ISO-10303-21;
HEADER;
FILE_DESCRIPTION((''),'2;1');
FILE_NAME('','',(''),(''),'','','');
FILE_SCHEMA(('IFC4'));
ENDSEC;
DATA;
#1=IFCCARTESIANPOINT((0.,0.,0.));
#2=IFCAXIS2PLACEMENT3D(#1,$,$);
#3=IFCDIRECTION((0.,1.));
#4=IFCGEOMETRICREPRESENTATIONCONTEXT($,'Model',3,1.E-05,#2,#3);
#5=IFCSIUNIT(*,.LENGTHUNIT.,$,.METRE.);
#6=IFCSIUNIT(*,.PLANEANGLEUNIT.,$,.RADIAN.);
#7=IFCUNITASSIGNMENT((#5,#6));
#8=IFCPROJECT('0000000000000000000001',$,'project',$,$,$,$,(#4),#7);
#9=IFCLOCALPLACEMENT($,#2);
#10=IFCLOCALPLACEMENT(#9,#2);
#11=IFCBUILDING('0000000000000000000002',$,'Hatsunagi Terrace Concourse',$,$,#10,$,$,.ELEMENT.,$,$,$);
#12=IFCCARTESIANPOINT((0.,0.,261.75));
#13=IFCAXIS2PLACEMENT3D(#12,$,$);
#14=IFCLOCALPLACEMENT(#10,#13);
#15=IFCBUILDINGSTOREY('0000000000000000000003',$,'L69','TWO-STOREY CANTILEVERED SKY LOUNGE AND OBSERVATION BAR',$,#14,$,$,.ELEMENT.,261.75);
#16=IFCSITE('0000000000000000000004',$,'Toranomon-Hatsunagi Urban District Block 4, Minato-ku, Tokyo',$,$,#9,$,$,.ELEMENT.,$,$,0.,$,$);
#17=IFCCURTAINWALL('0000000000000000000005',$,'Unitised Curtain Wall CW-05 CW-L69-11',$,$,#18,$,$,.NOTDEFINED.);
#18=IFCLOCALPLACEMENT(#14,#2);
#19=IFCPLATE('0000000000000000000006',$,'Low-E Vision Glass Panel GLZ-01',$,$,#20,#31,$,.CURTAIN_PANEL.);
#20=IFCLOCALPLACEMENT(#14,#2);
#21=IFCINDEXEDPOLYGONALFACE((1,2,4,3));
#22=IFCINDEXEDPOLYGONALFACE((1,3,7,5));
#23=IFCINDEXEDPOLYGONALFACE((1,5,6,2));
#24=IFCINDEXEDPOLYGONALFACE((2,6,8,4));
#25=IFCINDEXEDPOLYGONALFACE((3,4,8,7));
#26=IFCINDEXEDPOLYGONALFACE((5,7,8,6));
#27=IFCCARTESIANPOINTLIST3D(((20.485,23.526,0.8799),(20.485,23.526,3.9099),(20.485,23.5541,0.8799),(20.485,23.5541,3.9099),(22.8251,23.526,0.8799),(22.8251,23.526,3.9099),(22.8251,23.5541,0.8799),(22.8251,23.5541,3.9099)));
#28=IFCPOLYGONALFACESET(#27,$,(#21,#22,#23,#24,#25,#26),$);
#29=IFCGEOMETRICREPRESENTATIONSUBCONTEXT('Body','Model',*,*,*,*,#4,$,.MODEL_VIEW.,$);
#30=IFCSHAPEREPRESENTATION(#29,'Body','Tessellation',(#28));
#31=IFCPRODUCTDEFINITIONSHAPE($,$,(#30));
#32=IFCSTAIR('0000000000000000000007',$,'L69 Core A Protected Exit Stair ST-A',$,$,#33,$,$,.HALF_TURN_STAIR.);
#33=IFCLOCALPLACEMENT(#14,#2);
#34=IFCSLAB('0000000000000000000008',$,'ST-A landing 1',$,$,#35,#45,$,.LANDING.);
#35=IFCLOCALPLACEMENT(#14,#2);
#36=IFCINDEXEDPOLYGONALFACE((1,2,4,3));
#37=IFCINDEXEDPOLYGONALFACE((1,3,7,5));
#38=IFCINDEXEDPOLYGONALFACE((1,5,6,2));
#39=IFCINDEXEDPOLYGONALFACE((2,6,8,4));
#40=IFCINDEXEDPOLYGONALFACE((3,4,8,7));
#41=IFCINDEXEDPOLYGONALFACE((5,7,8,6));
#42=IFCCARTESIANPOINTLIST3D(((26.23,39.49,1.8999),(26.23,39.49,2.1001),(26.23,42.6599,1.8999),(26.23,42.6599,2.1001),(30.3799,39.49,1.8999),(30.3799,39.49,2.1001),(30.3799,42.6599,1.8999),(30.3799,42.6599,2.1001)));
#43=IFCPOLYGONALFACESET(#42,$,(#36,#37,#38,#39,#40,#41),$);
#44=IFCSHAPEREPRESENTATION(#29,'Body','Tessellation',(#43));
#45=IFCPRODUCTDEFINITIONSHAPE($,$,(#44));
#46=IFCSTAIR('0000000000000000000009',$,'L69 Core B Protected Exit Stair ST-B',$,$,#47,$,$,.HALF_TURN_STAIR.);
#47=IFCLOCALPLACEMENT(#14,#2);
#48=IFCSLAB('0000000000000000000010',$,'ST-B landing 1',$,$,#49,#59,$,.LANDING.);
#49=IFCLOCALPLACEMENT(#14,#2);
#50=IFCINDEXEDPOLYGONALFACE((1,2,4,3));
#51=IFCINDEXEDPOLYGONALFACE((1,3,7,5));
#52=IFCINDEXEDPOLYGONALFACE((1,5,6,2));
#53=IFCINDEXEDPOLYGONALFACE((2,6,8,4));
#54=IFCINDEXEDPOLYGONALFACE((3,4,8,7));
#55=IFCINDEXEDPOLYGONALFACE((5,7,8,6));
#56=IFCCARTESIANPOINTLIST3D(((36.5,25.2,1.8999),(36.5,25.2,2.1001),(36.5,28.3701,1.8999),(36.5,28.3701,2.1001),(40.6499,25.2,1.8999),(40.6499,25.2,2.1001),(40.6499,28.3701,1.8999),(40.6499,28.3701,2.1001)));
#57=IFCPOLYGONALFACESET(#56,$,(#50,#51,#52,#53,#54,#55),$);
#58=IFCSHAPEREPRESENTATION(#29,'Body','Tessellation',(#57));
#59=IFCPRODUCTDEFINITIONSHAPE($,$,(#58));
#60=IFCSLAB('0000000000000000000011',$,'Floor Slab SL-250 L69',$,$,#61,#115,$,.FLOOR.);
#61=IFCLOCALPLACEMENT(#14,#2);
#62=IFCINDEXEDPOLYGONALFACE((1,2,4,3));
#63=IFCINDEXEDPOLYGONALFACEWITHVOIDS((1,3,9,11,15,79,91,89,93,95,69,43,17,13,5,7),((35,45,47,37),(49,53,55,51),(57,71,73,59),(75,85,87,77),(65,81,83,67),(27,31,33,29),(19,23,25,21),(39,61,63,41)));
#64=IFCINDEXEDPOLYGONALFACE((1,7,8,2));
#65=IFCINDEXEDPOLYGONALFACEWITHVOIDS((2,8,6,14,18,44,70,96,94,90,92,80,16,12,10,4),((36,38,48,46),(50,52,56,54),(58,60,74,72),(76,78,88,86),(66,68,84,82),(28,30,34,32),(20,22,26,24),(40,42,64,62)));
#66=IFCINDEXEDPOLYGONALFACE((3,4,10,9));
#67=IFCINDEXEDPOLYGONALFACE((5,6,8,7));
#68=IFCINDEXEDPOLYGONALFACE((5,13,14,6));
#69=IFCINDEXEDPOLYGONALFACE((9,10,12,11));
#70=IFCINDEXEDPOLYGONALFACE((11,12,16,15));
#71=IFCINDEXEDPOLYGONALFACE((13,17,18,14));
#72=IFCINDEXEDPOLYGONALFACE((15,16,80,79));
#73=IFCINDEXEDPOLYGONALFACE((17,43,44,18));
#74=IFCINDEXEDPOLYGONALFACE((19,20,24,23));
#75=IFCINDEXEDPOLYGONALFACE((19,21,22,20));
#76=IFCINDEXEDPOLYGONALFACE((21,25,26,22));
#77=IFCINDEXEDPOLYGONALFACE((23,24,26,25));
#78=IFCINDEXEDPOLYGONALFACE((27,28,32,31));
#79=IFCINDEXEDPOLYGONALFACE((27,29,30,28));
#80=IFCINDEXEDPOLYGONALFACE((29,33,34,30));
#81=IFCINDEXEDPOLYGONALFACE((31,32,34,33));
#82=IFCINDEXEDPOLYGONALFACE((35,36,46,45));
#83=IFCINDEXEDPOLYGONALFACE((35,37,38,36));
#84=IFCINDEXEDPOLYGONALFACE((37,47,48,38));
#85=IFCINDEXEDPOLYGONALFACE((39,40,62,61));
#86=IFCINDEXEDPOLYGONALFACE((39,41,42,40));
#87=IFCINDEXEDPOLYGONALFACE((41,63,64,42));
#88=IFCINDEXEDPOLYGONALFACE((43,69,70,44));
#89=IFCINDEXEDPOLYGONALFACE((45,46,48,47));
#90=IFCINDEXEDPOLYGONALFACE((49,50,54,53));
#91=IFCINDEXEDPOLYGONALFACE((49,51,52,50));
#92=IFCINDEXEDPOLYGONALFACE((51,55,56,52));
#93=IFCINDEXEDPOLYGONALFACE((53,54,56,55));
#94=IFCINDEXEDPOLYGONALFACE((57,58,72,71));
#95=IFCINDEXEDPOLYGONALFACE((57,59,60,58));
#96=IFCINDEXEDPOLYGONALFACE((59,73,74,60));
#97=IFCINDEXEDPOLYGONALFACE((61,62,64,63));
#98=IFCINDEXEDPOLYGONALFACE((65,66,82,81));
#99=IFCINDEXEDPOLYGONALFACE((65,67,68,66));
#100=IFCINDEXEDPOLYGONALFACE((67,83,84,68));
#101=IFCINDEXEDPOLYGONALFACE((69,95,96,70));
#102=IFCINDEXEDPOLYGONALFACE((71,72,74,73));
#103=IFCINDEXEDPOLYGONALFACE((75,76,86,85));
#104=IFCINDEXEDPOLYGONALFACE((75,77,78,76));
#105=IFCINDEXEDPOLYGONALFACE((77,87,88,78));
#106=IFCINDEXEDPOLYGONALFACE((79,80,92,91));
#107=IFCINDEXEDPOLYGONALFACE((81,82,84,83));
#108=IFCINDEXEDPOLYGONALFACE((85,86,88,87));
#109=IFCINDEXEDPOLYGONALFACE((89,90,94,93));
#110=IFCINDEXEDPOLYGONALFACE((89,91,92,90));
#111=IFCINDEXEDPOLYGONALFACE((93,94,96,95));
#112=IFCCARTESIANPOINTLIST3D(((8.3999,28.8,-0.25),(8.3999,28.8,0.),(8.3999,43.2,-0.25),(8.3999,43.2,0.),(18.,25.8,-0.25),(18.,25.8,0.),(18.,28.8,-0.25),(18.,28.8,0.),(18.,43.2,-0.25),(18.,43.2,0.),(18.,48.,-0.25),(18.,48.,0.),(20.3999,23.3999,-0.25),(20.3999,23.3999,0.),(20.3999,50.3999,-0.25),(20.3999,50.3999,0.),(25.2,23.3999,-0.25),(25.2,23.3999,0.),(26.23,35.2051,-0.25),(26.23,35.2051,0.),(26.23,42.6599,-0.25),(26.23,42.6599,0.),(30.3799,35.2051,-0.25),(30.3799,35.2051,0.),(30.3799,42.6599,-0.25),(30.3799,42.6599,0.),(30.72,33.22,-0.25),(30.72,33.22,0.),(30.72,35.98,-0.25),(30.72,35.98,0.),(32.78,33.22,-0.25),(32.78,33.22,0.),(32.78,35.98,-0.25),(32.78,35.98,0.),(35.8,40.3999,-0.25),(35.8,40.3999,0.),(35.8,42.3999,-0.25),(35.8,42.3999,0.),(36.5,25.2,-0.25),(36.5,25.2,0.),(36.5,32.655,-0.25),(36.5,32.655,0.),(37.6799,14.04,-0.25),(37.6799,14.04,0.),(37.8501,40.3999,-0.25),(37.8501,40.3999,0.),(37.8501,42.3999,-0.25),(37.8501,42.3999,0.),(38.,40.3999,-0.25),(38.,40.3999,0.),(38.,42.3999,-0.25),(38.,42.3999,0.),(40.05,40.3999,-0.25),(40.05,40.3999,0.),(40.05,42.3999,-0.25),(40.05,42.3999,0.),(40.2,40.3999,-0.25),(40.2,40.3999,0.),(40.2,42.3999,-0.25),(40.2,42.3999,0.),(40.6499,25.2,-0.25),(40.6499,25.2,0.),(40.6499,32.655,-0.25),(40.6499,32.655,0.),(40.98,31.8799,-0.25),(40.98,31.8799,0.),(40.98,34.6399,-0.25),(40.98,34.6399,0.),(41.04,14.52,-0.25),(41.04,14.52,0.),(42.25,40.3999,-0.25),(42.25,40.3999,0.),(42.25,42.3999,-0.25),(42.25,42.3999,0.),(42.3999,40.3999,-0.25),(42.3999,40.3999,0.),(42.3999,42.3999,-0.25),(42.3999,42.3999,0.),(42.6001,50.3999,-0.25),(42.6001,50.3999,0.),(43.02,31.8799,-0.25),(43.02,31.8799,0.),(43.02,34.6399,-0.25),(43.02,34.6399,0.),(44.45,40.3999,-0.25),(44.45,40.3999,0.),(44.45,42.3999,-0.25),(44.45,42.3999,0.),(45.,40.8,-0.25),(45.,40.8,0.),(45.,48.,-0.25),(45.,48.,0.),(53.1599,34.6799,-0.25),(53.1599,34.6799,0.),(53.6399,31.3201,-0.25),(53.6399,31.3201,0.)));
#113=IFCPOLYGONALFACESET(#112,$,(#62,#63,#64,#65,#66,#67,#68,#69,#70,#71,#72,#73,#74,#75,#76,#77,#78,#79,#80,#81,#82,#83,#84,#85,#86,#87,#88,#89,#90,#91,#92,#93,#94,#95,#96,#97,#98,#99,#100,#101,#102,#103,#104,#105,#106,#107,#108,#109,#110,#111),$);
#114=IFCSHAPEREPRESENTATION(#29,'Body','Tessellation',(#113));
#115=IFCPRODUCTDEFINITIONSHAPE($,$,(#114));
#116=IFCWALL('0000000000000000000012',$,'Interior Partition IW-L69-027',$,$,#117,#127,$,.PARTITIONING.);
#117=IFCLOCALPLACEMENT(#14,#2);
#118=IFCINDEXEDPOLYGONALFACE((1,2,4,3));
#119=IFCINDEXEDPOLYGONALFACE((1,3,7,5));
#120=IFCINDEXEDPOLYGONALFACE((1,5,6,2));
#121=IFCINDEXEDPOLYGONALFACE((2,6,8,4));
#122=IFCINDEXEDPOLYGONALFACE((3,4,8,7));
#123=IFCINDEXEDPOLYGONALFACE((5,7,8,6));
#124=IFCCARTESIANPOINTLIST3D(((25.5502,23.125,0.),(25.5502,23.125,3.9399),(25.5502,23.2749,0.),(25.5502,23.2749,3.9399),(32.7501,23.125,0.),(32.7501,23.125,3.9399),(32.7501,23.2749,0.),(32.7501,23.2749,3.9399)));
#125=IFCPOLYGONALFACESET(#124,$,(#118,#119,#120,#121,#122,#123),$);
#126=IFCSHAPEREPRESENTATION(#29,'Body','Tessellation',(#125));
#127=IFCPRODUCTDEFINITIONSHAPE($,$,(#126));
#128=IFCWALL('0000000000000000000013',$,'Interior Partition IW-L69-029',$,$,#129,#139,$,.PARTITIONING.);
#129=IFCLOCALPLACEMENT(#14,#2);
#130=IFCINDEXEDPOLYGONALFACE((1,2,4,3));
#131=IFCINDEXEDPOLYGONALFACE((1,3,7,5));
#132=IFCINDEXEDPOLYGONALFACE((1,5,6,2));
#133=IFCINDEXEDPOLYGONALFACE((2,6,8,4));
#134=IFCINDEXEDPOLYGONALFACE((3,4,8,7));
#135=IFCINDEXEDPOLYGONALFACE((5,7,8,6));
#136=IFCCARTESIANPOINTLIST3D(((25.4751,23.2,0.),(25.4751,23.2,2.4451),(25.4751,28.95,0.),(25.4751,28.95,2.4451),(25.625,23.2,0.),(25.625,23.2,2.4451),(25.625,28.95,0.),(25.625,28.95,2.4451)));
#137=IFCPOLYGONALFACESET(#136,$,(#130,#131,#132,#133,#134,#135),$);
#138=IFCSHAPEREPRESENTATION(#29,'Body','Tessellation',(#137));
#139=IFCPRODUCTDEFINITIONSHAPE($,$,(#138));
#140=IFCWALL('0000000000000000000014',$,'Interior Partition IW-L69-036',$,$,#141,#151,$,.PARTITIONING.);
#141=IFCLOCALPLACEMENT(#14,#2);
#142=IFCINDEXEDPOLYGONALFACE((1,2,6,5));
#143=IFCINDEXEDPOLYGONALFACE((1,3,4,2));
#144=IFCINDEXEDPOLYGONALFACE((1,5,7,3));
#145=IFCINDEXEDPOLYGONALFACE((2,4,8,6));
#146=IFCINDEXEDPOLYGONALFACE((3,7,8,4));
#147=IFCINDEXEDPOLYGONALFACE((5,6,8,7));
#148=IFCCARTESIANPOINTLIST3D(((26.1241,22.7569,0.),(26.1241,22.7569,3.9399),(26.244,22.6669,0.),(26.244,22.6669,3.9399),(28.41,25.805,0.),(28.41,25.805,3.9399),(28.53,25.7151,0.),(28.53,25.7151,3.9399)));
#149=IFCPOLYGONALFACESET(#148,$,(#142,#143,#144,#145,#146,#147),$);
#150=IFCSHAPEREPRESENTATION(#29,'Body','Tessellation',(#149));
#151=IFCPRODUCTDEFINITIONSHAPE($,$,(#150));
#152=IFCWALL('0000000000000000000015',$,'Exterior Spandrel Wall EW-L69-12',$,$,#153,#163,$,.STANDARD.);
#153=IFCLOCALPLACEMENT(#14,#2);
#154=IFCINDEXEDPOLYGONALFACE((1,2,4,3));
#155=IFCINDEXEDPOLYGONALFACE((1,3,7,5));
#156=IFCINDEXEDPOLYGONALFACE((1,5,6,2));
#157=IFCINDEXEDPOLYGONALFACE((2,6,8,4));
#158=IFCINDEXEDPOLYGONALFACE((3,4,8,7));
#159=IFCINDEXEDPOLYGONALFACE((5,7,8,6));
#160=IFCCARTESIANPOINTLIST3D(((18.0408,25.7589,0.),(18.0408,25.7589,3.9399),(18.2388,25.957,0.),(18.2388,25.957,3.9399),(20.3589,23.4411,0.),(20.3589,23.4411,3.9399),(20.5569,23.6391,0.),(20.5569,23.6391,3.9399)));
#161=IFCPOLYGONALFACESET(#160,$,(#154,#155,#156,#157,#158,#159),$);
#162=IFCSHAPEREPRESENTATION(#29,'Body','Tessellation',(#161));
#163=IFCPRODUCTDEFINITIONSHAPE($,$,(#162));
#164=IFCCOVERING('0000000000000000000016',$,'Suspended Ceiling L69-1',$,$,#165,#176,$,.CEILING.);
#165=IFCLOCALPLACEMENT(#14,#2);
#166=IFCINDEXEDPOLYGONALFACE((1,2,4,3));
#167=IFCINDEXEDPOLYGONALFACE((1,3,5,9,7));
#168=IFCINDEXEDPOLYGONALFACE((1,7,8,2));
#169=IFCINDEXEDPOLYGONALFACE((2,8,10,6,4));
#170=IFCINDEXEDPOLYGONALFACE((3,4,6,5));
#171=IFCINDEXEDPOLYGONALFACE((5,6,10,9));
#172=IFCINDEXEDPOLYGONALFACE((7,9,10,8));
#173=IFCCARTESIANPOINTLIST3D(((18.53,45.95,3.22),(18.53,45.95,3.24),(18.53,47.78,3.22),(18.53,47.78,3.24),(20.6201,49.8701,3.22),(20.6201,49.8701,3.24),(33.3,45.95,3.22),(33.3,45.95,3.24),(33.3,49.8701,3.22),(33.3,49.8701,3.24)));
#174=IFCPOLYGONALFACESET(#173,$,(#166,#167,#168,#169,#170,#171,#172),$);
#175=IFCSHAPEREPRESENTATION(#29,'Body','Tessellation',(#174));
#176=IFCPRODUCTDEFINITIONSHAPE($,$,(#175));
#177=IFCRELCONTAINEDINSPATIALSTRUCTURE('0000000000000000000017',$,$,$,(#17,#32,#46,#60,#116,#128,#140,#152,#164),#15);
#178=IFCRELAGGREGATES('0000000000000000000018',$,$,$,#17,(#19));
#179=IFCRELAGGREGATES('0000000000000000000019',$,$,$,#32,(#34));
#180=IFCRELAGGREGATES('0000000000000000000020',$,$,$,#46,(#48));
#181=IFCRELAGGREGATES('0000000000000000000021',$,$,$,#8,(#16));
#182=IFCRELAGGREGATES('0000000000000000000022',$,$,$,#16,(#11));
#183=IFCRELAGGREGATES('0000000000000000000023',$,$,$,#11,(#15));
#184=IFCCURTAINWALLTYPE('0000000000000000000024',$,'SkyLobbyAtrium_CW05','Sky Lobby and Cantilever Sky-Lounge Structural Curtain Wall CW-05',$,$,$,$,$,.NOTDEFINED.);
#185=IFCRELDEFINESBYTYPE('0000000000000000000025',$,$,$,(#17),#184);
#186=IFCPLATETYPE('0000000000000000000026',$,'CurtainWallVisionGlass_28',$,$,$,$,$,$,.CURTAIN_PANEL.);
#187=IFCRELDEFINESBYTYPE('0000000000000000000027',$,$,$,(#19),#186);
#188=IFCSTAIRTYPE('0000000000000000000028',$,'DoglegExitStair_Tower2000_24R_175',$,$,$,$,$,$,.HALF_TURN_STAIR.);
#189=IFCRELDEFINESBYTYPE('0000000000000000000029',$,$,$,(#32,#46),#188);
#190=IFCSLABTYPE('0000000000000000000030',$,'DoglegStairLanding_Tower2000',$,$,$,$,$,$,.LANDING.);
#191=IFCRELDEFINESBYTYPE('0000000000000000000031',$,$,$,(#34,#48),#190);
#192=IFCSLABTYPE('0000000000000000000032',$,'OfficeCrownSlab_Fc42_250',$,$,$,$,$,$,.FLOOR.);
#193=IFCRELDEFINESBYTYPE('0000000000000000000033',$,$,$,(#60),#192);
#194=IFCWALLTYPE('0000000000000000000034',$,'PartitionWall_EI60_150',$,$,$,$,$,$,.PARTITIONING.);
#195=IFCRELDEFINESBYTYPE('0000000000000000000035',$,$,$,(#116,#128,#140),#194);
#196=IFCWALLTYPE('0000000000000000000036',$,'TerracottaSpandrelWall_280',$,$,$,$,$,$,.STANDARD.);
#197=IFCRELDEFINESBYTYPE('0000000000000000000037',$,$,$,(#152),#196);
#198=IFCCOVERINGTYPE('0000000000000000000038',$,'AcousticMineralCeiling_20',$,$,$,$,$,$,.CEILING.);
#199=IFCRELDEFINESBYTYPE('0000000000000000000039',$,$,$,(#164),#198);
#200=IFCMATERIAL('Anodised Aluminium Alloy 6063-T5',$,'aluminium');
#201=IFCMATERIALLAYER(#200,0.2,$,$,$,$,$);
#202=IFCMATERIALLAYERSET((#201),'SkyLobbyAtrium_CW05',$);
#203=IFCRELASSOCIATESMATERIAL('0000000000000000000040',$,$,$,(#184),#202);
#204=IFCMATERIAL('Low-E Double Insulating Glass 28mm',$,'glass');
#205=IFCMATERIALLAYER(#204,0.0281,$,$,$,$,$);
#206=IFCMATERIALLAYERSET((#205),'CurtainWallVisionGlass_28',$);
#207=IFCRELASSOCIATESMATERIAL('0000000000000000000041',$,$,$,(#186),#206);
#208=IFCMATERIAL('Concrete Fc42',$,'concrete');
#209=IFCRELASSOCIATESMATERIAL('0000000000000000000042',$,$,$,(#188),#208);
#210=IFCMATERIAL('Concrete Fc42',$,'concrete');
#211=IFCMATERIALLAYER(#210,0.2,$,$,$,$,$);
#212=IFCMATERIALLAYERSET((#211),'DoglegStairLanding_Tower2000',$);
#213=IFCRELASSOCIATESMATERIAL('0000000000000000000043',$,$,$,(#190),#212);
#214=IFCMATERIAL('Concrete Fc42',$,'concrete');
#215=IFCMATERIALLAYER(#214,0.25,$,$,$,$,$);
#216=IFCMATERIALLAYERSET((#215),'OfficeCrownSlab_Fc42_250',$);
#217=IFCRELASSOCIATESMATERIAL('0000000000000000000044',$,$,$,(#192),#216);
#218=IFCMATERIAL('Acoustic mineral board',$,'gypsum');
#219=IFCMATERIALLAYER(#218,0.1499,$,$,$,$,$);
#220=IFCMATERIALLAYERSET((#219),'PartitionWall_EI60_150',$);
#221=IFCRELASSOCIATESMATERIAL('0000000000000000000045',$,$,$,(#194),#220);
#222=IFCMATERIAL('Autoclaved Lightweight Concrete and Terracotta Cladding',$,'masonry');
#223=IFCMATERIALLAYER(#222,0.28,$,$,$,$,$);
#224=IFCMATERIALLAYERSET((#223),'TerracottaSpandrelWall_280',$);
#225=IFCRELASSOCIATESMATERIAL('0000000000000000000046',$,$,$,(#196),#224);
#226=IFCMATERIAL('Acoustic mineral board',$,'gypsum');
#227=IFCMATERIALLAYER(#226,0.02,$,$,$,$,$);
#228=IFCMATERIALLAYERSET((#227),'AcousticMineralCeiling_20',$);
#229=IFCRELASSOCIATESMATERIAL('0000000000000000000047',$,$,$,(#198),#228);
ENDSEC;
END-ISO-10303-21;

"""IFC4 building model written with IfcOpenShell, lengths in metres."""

from ifc_helpers import new_model, si_unit, direction, frame, frame_2d, origin, origin_2d, place, context, subcontext, project, spatial, polyline, rectangle, outline, extrude, material, layer, layer_set, type_object, element, aggregate, save


model = new_model("IFC4")

# Units and contexts
model_context = context("Model", 3, precision=1e-05, world=origin(), true_north=direction((0.0, 1.0)))
body_context = subcontext(model_context, "Body", "Model", "MODEL_VIEW")
ifc_project = project(units=[si_unit("LENGTHUNIT", "METRE"), si_unit("PLANEANGLEUNIT", "RADIAN")], contexts=[model_context])

# Site, building, storey
site_placement = place(None, origin())
site = spatial("IfcSite", under=ifc_project, at=site_placement, Name="Toranomon-Hatsunagi Urban District Block 4, Minato-ku, Tokyo", CompositionType="ELEMENT", RefElevation=0.0)
building_placement = place(site_placement, origin())
building = spatial("IfcBuilding", under=site, at=building_placement, Name="Hatsunagi Terrace Concourse", CompositionType="ELEMENT")
storey_placement = place(building_placement, frame((0.0, 0.0, 261.75)))
storey = spatial("IfcBuildingStorey", under=building, at=storey_placement, Name="L69", Description="TWO-STOREY CANTILEVERED SKY LOUNGE AND OBSERVATION BAR", CompositionType="ELEMENT", Elevation=261.75)

# Curtain wall
ifc_material_1 = material(Name="Anodised Aluminium Alloy 6063-T5", Category="aluminium")
ifc_layer_1 = layer(ifc_material_1, 0.2)
ifc_layer_set_1 = layer_set([ifc_layer_1], Name="SkyLobbyAtrium_CW05")
curtain_wall_type = type_object("IfcCurtainWallType", Name="SkyLobbyAtrium_CW05", Description="Sky Lobby and Cantilever Sky-Lounge Structural Curtain Wall CW-05", PredefinedType="NOTDEFINED", material=ifc_layer_set_1)
curtain_wall_1_placement = place(storey_placement, origin())
curtain_wall_1 = element("IfcCurtainWall", 1, at=curtain_wall_1_placement, inside=storey, type_object=curtain_wall_type, Name="Unitised Curtain Wall CW-05 CW-L69-11", PredefinedType="NOTDEFINED")

# Plate
ifc_material_2 = material(Name="Low-E Double Insulating Glass 28mm", Category="glass")
ifc_layer_2 = layer(ifc_material_2, 0.0281)
ifc_layer_set_2 = layer_set([ifc_layer_2], Name="CurtainWallVisionGlass_28")
plate_type_1 = type_object("IfcPlateType", Name="CurtainWallVisionGlass_28", PredefinedType="CURTAIN_PANEL", material=ifc_layer_set_2)
plate_1_placement = place(storey_placement, frame((21.655, 23.54, 0.8799), z_axis=(0.0, 0.0, 1.0), x_axis=(-1.0, 0.0, 0.0)))
plate_1 = element("IfcPlate", 2, at=plate_1_placement, type_object=plate_type_1, Name="Low-E Vision Glass Panel GLZ-01", PredefinedType="CURTAIN_PANEL", context=body_context, shape_type="SweptSolid", body=[
    extrude(rectangle(XDim=2.3401, YDim=0.0281, at=origin_2d()), origin(), (0.0, 0.0, 1.0), 3.03),
])
aggregate(curtain_wall_1, [plate_1])

# Stairs, slabs
ifc_material_3 = material(Name="Concrete Fc42", Category="concrete")
stair_type = type_object("IfcStairType", Name="DoglegExitStair_Tower2000_24R_175", PredefinedType="HALF_TURN_STAIR", material=ifc_material_3)
stair_1_placement = place(storey_placement, origin())
stair_1 = element("IfcStair", 3, at=stair_1_placement, inside=storey, type_object=stair_type, Name="L69 Core A Protected Exit Stair ST-A", PredefinedType="HALF_TURN_STAIR")
ifc_material_4 = material(Name="Concrete Fc42", Category="concrete")
ifc_layer_3 = layer(ifc_material_4, 0.2)
ifc_layer_set_3 = layer_set([ifc_layer_3], Name="DoglegStairLanding_Tower2000")
slab_type_1 = type_object("IfcSlabType", Name="DoglegStairLanding_Tower2000", PredefinedType="LANDING", material=ifc_layer_set_3)
slab_1_placement = place(storey_placement, frame((0.0, 0.0, 1.8999)))
slab_1 = element("IfcSlab", 4, at=slab_1_placement, type_object=slab_type_1, Name="ST-A landing 1", PredefinedType="LANDING", context=body_context, shape_type="SweptSolid", body=[
    extrude(outline(polyline([(30.3799, 39.49), (30.3799, 42.6599), (26.23, 42.6599), (26.23, 39.49), (30.3799, 39.49)])), origin(), (0.0, 0.0, 1.0), 0.2002),
])
aggregate(stair_1, [slab_1])
stair_2_placement = place(storey_placement, origin())
stair_2 = element("IfcStair", 5, at=stair_2_placement, inside=storey, type_object=stair_type, Name="L69 Core B Protected Exit Stair ST-B", PredefinedType="HALF_TURN_STAIR")
slab_2_placement = place(storey_placement, frame((0.0, 0.0, 1.8999)))
slab_2 = element("IfcSlab", 6, at=slab_2_placement, type_object=slab_type_1, Name="ST-B landing 1", PredefinedType="LANDING", context=body_context, shape_type="SweptSolid", body=[
    extrude(outline(polyline([(36.5, 28.3701), (36.5, 25.2), (40.6499, 25.2), (40.6499, 28.3701), (36.5, 28.3701)])), origin(), (0.0, 0.0, 1.0), 0.2002),
])
aggregate(stair_2, [slab_2])

# Slab
ifc_material_5 = material(Name="Concrete Fc42", Category="concrete")
ifc_layer_4 = layer(ifc_material_5, 0.25)
ifc_layer_set_4 = layer_set([ifc_layer_4], Name="OfficeCrownSlab_Fc42_250")
slab_type_2 = type_object("IfcSlabType", Name="OfficeCrownSlab_Fc42_250", PredefinedType="FLOOR", material=ifc_layer_set_4)
slab_3_placement = place(storey_placement, frame((0.0, 0.0, -0.25)))
element("IfcSlab", 7, at=slab_3_placement, inside=storey, type_object=slab_type_2, Name="Floor Slab SL-250 L69", PredefinedType="FLOOR", context=body_context, shape_type="SweptSolid", body=[
    extrude(outline(polyline([(18.0, 43.2), (8.3999, 43.2), (8.3999, 28.8), (18.0, 28.8), (18.0, 25.8), (20.3999, 23.3999), (25.2, 23.3999), (37.6799, 14.04), (41.04, 14.52), (53.6399, 31.3201), (53.1599, 34.6799), (45.0, 40.8), (45.0, 48.0), (42.6001, 50.3999), (20.3999, 50.3999), (18.0, 48.0), (18.0, 43.2)]), holes=[polyline([(26.23, 35.2051), (30.3799, 35.2051), (30.3799, 42.6599), (26.23, 42.6599), (26.23, 35.2051)]), polyline([(36.5, 25.2), (40.6499, 25.2), (40.6499, 32.655), (36.5, 32.655), (36.5, 25.2)]), polyline([(30.72, 33.22), (32.78, 33.22), (32.78, 35.98), (30.72, 35.98), (30.72, 33.22)]), polyline([(40.98, 31.8799), (43.02, 31.8799), (43.02, 34.6399), (40.98, 34.6399), (40.98, 31.8799)]), polyline([(35.8, 40.3999), (37.8501, 40.3999), (37.8501, 42.3999), (35.8, 42.3999), (35.8, 40.3999)]), polyline([(38.0, 40.3999), (40.05, 40.3999), (40.05, 42.3999), (38.0, 42.3999), (38.0, 40.3999)]), polyline([(40.2, 40.3999), (42.25, 40.3999), (42.25, 42.3999), (40.2, 42.3999), (40.2, 40.3999)]), polyline([(42.3999, 40.3999), (44.45, 40.3999), (44.45, 42.3999), (42.3999, 42.3999), (42.3999, 40.3999)])]), origin(), (0.0, 0.0, 1.0), 0.25),
])

# Walls
ifc_material_6 = material(Name="Acoustic mineral board", Category="gypsum")
ifc_layer_5 = layer(ifc_material_6, 0.1499)
ifc_layer_set_5 = layer_set([ifc_layer_5], Name="PartitionWall_EI60_150")
wall_type_1 = type_object("IfcWallType", Name="PartitionWall_EI60_150", PredefinedType="PARTITIONING", material=ifc_layer_set_5)
wall_1_placement = place(storey_placement, frame((25.55, 23.2, 0.0), z_axis=(0.0, 0.0, 1.0), x_axis=(1.0, 0.0, 0.0)))
element("IfcWall", 8, at=wall_1_placement, inside=storey, type_object=wall_type_1, Name="Interior Partition IW-L69-027", PredefinedType="PARTITIONING", context=body_context, shape_type="SweptSolid", body=[
    extrude(rectangle(XDim=7.2, YDim=0.1499, at=frame_2d((3.6001, 0.0))), origin(), (0.0, 0.0, 1.0), 3.9399),
])
wall_2_placement = place(storey_placement, frame((25.55, 23.2, 0.0), z_axis=(0.0, 0.0, 1.0), x_axis=(0.0, 1.0, 0.0)))
element("IfcWall", 9, at=wall_2_placement, inside=storey, type_object=wall_type_1, Name="Interior Partition IW-L69-029", PredefinedType="PARTITIONING", context=body_context, shape_type="SweptSolid", body=[
    extrude(rectangle(XDim=5.75, YDim=0.1499, at=frame_2d((2.875, 0.0))), origin(), (0.0, 0.0, 1.0), 2.4451),
])
wall_3_placement = place(storey_placement, frame((26.1841, 22.7119, 0.0), z_axis=(0.0, 0.0, 1.0), x_axis=(0.599969, 0.800023, 0.0)))
element("IfcWall", 10, at=wall_3_placement, inside=storey, type_object=wall_type_1, Name="Interior Partition IW-L69-036", PredefinedType="PARTITIONING", context=body_context, shape_type="SweptSolid", body=[
    extrude(rectangle(XDim=3.8101, YDim=0.1499, at=frame_2d((1.905, 0.0))), origin(), (0.0, 0.0, 1.0), 3.9399),
])
ifc_material_7 = material(Name="Autoclaved Lightweight Concrete and Terracotta Cladding", Category="masonry")
ifc_layer_6 = layer(ifc_material_7, 0.28)
ifc_layer_set_6 = layer_set([ifc_layer_6], Name="TerracottaSpandrelWall_280")
wall_type_2 = type_object("IfcWallType", Name="TerracottaSpandrelWall_280", PredefinedType="STANDARD", material=ifc_layer_set_6)
wall_4_placement = place(storey_placement, frame((20.458, 23.54, 0.0), z_axis=(0.0, 0.0, 1.0), x_axis=(-0.707144, 0.70707, 0.0)))
element("IfcWall", 11, at=wall_4_placement, inside=storey, type_object=wall_type_2, Name="Exterior Spandrel Wall EW-L69-12", PredefinedType="STANDARD", context=body_context, shape_type="SweptSolid", body=[
    extrude(rectangle(XDim=3.2781, YDim=0.28, at=frame_2d((1.6392, 0.0))), origin(), (0.0, 0.0, 1.0), 3.9399),
])

# Covering
ifc_material_8 = material(Name="Acoustic mineral board", Category="gypsum")
ifc_layer_7 = layer(ifc_material_8, 0.02)
ifc_layer_set_7 = layer_set([ifc_layer_7], Name="AcousticMineralCeiling_20")
covering_type_1 = type_object("IfcCoveringType", Name="AcousticMineralCeiling_20", PredefinedType="CEILING", material=ifc_layer_set_7)
covering_1_placement = place(storey_placement, frame((0.0, 0.0, 3.22)))
element("IfcCovering", 12, at=covering_1_placement, inside=storey, type_object=covering_type_1, Name="Suspended Ceiling L69-1", PredefinedType="CEILING", context=body_context, shape_type="SweptSolid", body=[
    extrude(outline(polyline([(18.53, 47.78), (18.53, 45.95), (33.3, 45.95), (33.3, 49.8701), (20.6201, 49.8701), (18.53, 47.78)])), origin(), (0.0, 0.0, 1.0), 0.02),
])

save(model, "model.ifc")
